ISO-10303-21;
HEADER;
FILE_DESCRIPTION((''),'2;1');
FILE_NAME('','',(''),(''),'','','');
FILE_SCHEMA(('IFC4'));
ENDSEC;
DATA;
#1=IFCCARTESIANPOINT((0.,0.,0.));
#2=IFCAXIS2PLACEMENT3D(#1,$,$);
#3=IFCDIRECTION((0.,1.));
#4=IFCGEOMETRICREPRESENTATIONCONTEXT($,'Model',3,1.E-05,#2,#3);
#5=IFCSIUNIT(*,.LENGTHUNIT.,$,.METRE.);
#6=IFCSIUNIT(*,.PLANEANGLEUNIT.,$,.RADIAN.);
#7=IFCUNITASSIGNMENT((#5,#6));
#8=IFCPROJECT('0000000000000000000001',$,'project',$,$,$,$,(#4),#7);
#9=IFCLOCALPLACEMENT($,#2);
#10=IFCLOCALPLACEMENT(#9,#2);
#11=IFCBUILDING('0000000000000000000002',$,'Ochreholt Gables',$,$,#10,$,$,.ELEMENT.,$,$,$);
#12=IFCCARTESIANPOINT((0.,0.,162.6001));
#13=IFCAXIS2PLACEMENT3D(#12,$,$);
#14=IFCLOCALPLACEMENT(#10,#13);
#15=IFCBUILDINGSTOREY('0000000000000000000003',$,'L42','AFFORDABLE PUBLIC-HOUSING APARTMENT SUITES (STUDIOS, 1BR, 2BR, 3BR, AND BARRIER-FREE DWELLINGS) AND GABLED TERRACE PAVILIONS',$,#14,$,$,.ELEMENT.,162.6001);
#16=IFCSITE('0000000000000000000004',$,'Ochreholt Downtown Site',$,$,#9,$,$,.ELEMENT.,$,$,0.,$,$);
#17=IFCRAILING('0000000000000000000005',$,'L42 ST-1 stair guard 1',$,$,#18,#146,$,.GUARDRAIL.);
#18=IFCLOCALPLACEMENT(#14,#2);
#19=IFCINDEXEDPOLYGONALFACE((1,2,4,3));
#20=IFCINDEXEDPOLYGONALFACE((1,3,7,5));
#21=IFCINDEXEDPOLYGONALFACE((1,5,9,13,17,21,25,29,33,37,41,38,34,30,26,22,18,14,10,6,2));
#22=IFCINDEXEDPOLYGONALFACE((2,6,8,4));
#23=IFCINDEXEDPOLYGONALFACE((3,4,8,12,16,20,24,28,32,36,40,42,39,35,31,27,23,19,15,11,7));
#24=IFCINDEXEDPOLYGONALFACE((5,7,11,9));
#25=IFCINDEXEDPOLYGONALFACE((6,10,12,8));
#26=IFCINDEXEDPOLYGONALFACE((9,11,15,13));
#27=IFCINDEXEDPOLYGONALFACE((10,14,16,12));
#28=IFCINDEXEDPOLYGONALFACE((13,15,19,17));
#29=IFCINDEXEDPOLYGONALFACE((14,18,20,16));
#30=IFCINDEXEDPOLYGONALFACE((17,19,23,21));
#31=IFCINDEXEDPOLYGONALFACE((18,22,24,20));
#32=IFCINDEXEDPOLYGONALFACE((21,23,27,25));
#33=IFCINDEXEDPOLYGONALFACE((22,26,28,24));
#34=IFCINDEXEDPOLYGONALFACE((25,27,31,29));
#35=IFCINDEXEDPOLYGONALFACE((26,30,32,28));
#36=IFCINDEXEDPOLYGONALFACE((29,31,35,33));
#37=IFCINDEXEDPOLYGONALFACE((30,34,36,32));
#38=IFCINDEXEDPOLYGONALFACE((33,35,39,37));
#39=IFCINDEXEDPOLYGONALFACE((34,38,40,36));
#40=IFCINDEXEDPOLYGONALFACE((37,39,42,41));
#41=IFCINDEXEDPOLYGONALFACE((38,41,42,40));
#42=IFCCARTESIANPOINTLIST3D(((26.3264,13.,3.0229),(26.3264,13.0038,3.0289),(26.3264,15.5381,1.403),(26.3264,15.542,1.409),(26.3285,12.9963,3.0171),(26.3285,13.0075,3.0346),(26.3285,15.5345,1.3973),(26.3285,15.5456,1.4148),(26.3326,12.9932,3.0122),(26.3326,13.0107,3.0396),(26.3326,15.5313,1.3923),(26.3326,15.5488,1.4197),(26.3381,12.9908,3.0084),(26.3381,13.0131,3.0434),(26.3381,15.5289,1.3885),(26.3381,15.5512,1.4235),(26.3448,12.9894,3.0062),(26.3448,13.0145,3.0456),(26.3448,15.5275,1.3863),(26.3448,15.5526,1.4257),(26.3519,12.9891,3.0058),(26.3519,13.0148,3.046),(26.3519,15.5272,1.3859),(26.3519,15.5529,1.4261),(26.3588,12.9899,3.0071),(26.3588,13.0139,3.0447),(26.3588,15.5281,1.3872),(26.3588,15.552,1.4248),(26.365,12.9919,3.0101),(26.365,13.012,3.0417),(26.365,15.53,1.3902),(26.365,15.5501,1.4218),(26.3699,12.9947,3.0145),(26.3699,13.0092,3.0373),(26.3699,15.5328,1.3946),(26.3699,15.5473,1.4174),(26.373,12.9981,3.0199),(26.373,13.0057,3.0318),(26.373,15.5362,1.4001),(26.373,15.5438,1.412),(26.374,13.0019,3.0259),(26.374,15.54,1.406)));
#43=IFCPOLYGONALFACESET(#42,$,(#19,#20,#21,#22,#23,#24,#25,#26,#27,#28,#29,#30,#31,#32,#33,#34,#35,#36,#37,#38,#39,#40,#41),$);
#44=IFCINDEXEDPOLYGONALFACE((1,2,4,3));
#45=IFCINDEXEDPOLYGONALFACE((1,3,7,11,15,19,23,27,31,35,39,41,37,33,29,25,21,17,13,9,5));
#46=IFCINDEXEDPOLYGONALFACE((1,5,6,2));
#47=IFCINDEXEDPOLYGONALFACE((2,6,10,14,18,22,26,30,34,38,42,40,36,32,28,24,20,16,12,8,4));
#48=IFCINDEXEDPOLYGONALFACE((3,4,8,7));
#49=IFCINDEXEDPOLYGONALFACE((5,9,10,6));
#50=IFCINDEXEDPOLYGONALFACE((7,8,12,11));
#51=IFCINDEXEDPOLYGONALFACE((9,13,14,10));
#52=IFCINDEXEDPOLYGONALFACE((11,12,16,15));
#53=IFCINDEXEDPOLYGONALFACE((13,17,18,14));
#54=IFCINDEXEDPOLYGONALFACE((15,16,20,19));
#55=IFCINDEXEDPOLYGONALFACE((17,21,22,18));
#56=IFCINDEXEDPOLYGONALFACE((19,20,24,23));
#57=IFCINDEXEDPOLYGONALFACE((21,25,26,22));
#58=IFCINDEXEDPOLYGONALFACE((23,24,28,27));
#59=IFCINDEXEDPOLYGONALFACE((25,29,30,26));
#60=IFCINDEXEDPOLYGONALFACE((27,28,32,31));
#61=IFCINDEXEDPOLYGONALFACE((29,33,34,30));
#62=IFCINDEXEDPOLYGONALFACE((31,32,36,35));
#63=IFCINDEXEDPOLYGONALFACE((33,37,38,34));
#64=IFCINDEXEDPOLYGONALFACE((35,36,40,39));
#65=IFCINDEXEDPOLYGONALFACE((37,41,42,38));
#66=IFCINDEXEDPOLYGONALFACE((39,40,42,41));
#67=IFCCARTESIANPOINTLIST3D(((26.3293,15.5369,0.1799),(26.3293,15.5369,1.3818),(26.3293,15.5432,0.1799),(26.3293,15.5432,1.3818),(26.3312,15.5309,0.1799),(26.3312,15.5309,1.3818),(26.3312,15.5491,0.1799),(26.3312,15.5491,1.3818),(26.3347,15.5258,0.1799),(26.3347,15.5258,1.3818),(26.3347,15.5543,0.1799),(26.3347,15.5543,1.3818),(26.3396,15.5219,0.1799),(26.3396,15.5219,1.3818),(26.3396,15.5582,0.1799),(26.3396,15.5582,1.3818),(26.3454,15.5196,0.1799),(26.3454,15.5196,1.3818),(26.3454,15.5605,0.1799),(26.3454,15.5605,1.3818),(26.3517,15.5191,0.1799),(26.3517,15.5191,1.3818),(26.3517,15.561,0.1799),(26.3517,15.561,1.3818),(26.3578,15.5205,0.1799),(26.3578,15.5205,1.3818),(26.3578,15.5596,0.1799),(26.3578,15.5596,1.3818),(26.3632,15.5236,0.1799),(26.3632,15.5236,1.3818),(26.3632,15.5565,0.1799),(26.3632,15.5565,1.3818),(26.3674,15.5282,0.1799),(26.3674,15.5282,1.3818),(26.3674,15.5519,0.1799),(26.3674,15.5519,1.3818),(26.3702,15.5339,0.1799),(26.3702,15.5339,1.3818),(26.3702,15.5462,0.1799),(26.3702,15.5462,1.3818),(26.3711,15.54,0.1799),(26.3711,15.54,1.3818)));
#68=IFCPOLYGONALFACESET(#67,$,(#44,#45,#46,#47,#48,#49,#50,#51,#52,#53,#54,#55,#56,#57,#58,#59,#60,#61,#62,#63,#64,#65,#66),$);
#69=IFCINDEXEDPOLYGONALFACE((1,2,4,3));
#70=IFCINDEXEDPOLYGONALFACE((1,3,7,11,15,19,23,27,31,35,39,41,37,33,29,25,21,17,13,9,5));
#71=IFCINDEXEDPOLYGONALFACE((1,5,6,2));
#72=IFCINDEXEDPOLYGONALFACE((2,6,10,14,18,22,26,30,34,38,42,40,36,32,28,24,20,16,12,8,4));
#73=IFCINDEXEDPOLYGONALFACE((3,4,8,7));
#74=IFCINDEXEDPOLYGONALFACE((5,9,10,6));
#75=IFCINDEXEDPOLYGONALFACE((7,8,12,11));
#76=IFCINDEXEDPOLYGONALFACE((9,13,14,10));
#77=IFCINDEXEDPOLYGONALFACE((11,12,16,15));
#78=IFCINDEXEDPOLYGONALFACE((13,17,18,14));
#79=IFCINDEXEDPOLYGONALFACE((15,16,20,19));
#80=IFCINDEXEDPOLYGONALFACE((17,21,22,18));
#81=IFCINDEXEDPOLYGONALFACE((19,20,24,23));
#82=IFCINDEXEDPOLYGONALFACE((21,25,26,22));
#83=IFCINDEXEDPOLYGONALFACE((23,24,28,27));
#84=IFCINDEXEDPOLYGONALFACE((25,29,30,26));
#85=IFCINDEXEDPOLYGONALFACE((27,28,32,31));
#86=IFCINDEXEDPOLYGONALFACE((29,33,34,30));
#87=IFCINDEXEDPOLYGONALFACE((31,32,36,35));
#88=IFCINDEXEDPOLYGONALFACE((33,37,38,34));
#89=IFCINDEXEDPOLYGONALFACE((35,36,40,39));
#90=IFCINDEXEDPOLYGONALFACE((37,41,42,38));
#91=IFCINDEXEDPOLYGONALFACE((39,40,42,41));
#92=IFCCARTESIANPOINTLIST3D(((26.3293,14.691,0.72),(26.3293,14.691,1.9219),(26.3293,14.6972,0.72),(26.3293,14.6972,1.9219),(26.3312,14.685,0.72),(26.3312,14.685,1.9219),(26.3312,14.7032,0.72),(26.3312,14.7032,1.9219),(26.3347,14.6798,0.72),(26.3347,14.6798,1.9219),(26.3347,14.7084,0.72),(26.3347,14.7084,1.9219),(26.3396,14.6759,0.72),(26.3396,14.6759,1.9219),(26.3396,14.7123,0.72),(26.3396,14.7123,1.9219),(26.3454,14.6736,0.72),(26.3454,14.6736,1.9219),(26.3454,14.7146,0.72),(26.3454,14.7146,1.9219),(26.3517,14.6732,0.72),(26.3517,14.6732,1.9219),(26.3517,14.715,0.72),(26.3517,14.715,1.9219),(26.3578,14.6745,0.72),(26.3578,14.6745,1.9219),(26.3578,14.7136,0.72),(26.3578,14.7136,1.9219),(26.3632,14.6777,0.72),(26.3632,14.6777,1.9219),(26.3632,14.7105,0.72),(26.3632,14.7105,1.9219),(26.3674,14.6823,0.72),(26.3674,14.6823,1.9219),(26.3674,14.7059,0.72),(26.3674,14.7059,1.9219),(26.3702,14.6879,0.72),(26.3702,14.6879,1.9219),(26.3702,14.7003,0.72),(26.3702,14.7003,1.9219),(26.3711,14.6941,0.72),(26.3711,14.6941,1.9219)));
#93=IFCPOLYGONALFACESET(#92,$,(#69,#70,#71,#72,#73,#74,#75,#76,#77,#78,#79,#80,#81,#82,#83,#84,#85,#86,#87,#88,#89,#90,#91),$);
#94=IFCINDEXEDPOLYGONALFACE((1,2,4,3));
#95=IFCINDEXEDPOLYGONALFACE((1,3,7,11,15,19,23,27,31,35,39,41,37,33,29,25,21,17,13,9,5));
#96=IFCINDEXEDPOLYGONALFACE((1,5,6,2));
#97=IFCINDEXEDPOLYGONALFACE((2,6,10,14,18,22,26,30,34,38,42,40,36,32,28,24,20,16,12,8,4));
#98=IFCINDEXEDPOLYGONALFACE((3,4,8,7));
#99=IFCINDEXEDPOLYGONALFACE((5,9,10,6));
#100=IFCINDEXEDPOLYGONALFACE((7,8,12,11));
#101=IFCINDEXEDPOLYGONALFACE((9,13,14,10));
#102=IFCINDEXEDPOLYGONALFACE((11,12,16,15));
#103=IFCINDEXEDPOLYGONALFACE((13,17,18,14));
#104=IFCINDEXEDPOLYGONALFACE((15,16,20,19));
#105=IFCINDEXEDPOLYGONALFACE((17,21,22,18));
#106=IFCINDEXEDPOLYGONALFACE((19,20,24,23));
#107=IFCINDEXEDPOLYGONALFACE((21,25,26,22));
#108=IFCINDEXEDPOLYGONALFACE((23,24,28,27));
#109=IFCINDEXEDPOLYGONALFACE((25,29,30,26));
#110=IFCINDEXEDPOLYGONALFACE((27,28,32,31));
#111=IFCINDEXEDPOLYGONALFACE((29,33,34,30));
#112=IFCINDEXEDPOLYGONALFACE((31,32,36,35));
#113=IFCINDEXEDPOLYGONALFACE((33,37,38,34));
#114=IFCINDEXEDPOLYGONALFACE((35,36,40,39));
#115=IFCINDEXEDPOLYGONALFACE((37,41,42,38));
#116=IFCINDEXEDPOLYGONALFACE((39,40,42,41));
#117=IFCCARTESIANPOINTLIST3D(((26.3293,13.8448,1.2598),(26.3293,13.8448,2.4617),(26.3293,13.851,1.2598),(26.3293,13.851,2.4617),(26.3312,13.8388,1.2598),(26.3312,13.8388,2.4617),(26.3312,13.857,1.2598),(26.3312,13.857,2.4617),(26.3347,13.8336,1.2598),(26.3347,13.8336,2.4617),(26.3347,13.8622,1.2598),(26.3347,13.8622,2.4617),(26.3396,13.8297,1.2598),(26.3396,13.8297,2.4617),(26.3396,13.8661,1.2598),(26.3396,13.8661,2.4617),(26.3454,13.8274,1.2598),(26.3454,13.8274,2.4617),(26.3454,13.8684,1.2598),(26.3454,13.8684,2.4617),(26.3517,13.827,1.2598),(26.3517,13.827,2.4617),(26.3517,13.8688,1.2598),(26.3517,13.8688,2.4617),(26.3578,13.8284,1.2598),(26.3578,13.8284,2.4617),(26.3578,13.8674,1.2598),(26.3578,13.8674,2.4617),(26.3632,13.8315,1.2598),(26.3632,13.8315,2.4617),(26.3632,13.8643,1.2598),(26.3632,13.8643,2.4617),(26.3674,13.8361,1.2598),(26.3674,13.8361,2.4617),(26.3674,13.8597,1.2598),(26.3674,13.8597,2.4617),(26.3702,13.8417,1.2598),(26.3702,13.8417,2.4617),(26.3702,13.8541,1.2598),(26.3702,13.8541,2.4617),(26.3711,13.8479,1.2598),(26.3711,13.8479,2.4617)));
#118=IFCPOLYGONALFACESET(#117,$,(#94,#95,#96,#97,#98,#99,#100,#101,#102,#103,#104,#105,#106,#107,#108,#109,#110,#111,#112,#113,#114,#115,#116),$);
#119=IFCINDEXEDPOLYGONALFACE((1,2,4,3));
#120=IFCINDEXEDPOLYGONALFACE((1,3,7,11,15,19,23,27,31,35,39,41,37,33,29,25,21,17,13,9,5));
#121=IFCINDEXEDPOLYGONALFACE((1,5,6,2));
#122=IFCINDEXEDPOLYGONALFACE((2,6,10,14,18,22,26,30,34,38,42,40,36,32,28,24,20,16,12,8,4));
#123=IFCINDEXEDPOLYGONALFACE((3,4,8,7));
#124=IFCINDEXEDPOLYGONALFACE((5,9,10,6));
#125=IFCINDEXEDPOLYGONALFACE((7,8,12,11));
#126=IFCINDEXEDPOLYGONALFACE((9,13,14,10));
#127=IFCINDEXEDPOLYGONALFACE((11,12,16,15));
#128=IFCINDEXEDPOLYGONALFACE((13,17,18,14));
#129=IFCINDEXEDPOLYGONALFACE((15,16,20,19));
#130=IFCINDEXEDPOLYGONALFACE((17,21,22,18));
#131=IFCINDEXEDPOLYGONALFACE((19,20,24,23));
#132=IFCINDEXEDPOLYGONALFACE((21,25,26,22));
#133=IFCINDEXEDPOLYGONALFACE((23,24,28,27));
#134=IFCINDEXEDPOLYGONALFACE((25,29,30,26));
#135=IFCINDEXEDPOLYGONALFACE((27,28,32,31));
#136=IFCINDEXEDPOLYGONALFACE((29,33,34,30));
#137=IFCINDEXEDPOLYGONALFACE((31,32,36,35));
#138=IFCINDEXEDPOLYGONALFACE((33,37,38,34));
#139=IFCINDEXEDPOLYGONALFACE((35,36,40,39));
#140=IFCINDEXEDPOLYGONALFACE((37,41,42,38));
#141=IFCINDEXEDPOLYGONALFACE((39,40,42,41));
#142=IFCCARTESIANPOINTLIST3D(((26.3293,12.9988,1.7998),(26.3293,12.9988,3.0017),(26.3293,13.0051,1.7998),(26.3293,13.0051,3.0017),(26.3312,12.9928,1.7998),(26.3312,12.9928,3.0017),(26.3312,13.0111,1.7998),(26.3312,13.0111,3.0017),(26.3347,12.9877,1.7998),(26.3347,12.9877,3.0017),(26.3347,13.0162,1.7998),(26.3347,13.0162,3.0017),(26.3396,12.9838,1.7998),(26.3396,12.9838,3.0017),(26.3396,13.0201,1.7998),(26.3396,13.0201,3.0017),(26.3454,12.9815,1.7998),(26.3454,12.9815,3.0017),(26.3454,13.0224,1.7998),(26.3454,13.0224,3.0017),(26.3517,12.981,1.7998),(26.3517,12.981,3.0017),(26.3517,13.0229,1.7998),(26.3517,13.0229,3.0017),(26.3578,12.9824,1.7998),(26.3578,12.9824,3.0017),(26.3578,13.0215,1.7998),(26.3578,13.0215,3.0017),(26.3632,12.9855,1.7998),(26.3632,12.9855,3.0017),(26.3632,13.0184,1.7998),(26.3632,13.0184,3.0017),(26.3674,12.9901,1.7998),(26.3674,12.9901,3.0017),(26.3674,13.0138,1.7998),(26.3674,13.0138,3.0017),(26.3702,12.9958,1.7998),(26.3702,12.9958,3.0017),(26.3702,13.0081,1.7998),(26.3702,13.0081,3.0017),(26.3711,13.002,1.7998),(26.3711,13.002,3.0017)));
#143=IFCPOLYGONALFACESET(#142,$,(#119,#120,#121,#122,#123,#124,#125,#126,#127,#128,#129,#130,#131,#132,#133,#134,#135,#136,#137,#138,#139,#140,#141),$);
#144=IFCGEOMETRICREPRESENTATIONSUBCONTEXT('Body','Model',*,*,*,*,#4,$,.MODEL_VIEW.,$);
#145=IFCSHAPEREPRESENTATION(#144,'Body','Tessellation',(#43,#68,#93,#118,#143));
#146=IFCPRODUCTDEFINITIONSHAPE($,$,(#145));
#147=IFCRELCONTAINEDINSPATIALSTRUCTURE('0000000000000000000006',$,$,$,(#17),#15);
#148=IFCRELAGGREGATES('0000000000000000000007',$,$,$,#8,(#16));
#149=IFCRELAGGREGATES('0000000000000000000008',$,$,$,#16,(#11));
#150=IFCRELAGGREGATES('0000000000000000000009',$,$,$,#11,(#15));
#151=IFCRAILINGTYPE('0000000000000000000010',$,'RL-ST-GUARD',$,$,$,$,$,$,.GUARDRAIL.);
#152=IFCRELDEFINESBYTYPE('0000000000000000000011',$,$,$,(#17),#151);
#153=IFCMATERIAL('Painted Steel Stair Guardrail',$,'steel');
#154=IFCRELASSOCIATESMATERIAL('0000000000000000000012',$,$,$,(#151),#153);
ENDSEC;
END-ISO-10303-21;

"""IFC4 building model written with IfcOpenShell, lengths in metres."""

from ifc_helpers import new_model, si_unit, direction, frame, origin, origin_2d, place, context, subcontext, project, spatial, circle, extrude, material, type_object, element, save


model = new_model("IFC4")

# Units and contexts
model_context = context("Model", 3, precision=1e-05, world=origin(), true_north=direction((0.0, 1.0)))
body_context = subcontext(model_context, "Body", "Model", "MODEL_VIEW")
ifc_project = project(units=[si_unit("LENGTHUNIT", "METRE"), si_unit("PLANEANGLEUNIT", "RADIAN")], contexts=[model_context])

# Site, building, storey
site_placement = place(None, origin())
site = spatial("IfcSite", under=ifc_project, at=site_placement, Name="Ochreholt Downtown Site", CompositionType="ELEMENT", RefElevation=0.0)
building_placement = place(site_placement, origin())
building = spatial("IfcBuilding", under=site, at=building_placement, Name="Ochreholt Gables", CompositionType="ELEMENT")
storey_placement = place(building_placement, frame((0.0, 0.0, 162.6001)))
storey = spatial("IfcBuildingStorey", under=building, at=storey_placement, Name="L42", Description="AFFORDABLE PUBLIC-HOUSING APARTMENT SUITES (STUDIOS, 1BR, 2BR, 3BR, AND BARRIER-FREE DWELLINGS) AND GABLED TERRACE PAVILIONS", CompositionType="ELEMENT", Elevation=162.6001)

# Railing
ifc_material_1 = material(Name="Painted Steel Stair Guardrail", Category="steel")
railing_type_1 = type_object("IfcRailingType", Name="RL-ST-GUARD", PredefinedType="GUARDRAIL", material=ifc_material_1)
railing_1_placement = place(storey_placement, frame((26.3501, 15.54, 0.1799)))
element("IfcRailing", 1, at=railing_1_placement, inside=storey, type_object=railing_type_1, Name="L42 ST-1 stair guard 1", PredefinedType="GUARDRAIL", context=body_context, shape_type="SweptSolid", body=[
    extrude(circle(Radius=0.0239, at=origin_2d()), frame((0.0, 0.0, 1.2261), z_axis=(0.0, -0.84295, 0.537993), x_axis=(1.0, 0.0, 0.0)), (0.0, 0.0, 1.0), 3.011),
    extrude(circle(Radius=0.021, at=origin_2d()), origin(), (0.0, 0.0, 1.0), 1.2019),
    extrude(circle(Radius=0.021, at=origin_2d()), frame((0.0, -0.8459, 0.54)), (0.0, 0.0, 1.0), 1.2019),
    extrude(circle(Radius=0.021, at=origin_2d()), frame((0.0, -1.6921, 1.0798)), (0.0, 0.0, 1.0), 1.2019),
    extrude(circle(Radius=0.021, at=origin_2d()), frame((0.0, -2.5381, 1.6199)), (0.0, 0.0, 1.0), 1.2019),
])

save(model, "model.ifc")
